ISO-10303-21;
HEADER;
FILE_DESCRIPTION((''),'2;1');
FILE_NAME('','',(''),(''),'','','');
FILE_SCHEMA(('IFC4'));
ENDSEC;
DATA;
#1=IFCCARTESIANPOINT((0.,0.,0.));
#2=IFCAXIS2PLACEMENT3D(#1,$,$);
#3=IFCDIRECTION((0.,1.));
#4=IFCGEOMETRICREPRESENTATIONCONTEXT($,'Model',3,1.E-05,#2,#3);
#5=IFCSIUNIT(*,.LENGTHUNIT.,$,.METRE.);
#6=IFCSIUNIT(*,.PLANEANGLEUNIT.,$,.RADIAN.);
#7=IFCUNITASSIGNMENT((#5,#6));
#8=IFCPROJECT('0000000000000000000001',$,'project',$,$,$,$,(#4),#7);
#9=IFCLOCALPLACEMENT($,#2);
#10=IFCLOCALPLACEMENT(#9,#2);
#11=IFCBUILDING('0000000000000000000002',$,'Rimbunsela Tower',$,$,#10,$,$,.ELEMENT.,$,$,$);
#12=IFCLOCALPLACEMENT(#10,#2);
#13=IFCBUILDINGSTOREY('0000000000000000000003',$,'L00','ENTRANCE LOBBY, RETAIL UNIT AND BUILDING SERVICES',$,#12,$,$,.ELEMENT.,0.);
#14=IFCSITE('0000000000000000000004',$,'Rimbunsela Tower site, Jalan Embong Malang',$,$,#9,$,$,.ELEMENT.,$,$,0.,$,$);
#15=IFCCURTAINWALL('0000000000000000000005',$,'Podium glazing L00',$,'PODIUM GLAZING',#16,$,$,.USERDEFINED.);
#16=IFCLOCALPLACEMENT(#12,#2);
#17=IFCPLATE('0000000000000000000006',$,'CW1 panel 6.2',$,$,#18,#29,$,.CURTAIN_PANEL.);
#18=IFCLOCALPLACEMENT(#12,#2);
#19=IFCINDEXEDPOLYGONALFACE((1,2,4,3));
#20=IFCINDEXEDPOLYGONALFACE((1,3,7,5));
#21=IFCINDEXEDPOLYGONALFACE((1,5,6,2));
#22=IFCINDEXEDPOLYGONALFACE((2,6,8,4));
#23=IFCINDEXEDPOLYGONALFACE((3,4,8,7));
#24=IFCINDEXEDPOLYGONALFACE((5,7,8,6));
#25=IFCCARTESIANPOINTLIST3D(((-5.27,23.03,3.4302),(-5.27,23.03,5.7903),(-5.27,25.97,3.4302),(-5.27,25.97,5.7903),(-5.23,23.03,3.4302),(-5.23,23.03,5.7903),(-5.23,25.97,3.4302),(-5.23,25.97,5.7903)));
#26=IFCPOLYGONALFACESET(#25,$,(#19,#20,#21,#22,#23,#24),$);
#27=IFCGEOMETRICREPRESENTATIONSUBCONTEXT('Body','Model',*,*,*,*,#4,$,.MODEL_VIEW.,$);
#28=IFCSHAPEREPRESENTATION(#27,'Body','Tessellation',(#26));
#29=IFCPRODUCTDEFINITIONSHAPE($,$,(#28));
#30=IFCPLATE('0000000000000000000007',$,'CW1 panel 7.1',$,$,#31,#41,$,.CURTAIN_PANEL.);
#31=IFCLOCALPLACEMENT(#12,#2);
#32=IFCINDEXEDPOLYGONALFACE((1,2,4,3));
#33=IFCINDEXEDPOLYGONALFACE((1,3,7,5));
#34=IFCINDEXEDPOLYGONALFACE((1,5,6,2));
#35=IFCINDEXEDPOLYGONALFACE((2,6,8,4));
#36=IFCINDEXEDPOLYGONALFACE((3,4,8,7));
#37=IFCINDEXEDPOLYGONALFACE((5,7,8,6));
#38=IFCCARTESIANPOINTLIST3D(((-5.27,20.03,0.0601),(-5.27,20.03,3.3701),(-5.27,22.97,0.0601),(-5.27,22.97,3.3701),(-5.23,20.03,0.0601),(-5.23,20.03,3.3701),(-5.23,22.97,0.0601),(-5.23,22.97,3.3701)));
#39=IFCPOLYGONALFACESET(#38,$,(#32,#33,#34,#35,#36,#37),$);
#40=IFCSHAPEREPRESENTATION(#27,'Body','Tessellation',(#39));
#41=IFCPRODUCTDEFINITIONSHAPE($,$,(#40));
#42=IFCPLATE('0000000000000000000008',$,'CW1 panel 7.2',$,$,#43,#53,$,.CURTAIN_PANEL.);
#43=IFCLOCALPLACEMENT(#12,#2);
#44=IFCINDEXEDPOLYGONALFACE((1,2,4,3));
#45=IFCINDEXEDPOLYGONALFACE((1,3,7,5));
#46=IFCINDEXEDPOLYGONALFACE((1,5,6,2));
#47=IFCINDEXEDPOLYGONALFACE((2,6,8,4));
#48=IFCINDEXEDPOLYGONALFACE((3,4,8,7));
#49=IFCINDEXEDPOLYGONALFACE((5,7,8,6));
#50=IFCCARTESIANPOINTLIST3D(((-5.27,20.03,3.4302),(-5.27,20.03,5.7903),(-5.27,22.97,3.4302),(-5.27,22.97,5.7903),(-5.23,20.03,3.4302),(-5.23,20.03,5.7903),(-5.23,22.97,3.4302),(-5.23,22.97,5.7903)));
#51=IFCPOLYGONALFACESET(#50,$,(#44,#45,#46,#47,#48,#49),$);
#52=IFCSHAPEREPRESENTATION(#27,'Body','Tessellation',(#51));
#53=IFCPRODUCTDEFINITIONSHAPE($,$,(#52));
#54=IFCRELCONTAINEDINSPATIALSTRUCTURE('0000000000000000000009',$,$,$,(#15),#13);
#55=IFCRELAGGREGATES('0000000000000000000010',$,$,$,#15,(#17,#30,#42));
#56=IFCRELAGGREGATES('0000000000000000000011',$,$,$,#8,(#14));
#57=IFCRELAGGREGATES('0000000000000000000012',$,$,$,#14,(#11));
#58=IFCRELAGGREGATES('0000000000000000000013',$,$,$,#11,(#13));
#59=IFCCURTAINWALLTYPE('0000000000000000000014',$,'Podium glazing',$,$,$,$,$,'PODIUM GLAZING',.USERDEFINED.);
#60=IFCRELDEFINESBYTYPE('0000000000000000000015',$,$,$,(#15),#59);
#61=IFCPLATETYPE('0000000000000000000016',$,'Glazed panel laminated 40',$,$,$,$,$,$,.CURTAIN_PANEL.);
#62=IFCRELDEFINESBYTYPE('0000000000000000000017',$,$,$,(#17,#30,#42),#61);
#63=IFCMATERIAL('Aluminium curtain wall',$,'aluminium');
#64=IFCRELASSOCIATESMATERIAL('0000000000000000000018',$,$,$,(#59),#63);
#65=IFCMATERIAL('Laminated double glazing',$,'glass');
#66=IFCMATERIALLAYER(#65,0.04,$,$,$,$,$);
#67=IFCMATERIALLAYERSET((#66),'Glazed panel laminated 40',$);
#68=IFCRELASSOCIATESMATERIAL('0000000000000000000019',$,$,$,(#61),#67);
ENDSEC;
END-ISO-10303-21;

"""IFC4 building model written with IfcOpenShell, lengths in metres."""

from ifc_helpers import new_model, si_unit, direction, frame, origin, origin_2d, place, context, subcontext, project, spatial, rectangle, extrude, material, layer, layer_set, type_object, element, aggregate, save


model = new_model("IFC4")

# Units and contexts
model_context = context("Model", 3, precision=1e-05, world=origin(), true_north=direction((0.0, 1.0)))
body_context = subcontext(model_context, "Body", "Model", "MODEL_VIEW")
ifc_project = project(units=[si_unit("LENGTHUNIT", "METRE"), si_unit("PLANEANGLEUNIT", "RADIAN")], contexts=[model_context])

# Site, building, storey
site_placement = place(None, origin())
site = spatial("IfcSite", under=ifc_project, at=site_placement, Name="Rimbunsela Tower site, Jalan Embong Malang", CompositionType="ELEMENT", RefElevation=0.0)
building_placement = place(site_placement, origin())
building = spatial("IfcBuilding", under=site, at=building_placement, Name="Rimbunsela Tower", CompositionType="ELEMENT")
storey_placement = place(building_placement, origin())
storey = spatial("IfcBuildingStorey", under=building, at=storey_placement, Name="L00", Description="ENTRANCE LOBBY, RETAIL UNIT AND BUILDING SERVICES", CompositionType="ELEMENT", Elevation=0.0)

# Curtain wall, plates
ifc_material_1 = material(Name="Aluminium curtain wall", Category="aluminium")
curtain_wall_type = type_object("IfcCurtainWallType", Name="Podium glazing", ElementType="PODIUM GLAZING", PredefinedType="USERDEFINED", material=ifc_material_1)
curtain_wall_placement = place(storey_placement, origin())
curtain_wall = element("IfcCurtainWall", 1, at=curtain_wall_placement, inside=storey, type_object=curtain_wall_type, Name="Podium glazing L00", ObjectType="PODIUM GLAZING", PredefinedType="USERDEFINED")
ifc_material_2 = material(Name="Laminated double glazing", Category="glass")
ifc_layer = layer(ifc_material_2, 0.04)
ifc_layer_set = layer_set([ifc_layer], Name="Glazed panel laminated 40")
plate_type = type_object("IfcPlateType", Name="Glazed panel laminated 40", PredefinedType="CURTAIN_PANEL", material=ifc_layer_set)
plate_1_placement = place(storey_placement, frame((-5.25, 24.5, 3.4302), z_axis=(0.0, 0.0, 1.0), x_axis=(0.0, -1.0, 0.0)))
plate_1 = element("IfcPlate", 2, at=plate_1_placement, type_object=plate_type, Name="CW1 panel 6.2", PredefinedType="CURTAIN_PANEL", context=body_context, shape_type="SweptSolid", body=[
    extrude(rectangle(XDim=2.9399, YDim=0.04, at=origin_2d()), origin(), (0.0, 0.0, 1.0), 2.3601),
])
plate_2_placement = place(storey_placement, frame((-5.25, 21.5, 0.0601), z_axis=(0.0, 0.0, 1.0), x_axis=(0.0, -1.0, 0.0)))
plate_2 = element("IfcPlate", 3, at=plate_2_placement, type_object=plate_type, Name="CW1 panel 7.1", PredefinedType="CURTAIN_PANEL", context=body_context, shape_type="SweptSolid", body=[
    extrude(rectangle(XDim=2.9399, YDim=0.04, at=origin_2d()), origin(), (0.0, 0.0, 1.0), 3.3101),
])
plate_3_placement = place(storey_placement, frame((-5.25, 21.5, 3.4302), z_axis=(0.0, 0.0, 1.0), x_axis=(0.0, -1.0, 0.0)))
plate_3 = element("IfcPlate", 4, at=plate_3_placement, type_object=plate_type, Name="CW1 panel 7.2", PredefinedType="CURTAIN_PANEL", context=body_context, shape_type="SweptSolid", body=[
    extrude(rectangle(XDim=2.9399, YDim=0.04, at=origin_2d()), origin(), (0.0, 0.0, 1.0), 2.3601),
])
aggregate(curtain_wall, [plate_1, plate_2, plate_3])

save(model, "model.ifc")
